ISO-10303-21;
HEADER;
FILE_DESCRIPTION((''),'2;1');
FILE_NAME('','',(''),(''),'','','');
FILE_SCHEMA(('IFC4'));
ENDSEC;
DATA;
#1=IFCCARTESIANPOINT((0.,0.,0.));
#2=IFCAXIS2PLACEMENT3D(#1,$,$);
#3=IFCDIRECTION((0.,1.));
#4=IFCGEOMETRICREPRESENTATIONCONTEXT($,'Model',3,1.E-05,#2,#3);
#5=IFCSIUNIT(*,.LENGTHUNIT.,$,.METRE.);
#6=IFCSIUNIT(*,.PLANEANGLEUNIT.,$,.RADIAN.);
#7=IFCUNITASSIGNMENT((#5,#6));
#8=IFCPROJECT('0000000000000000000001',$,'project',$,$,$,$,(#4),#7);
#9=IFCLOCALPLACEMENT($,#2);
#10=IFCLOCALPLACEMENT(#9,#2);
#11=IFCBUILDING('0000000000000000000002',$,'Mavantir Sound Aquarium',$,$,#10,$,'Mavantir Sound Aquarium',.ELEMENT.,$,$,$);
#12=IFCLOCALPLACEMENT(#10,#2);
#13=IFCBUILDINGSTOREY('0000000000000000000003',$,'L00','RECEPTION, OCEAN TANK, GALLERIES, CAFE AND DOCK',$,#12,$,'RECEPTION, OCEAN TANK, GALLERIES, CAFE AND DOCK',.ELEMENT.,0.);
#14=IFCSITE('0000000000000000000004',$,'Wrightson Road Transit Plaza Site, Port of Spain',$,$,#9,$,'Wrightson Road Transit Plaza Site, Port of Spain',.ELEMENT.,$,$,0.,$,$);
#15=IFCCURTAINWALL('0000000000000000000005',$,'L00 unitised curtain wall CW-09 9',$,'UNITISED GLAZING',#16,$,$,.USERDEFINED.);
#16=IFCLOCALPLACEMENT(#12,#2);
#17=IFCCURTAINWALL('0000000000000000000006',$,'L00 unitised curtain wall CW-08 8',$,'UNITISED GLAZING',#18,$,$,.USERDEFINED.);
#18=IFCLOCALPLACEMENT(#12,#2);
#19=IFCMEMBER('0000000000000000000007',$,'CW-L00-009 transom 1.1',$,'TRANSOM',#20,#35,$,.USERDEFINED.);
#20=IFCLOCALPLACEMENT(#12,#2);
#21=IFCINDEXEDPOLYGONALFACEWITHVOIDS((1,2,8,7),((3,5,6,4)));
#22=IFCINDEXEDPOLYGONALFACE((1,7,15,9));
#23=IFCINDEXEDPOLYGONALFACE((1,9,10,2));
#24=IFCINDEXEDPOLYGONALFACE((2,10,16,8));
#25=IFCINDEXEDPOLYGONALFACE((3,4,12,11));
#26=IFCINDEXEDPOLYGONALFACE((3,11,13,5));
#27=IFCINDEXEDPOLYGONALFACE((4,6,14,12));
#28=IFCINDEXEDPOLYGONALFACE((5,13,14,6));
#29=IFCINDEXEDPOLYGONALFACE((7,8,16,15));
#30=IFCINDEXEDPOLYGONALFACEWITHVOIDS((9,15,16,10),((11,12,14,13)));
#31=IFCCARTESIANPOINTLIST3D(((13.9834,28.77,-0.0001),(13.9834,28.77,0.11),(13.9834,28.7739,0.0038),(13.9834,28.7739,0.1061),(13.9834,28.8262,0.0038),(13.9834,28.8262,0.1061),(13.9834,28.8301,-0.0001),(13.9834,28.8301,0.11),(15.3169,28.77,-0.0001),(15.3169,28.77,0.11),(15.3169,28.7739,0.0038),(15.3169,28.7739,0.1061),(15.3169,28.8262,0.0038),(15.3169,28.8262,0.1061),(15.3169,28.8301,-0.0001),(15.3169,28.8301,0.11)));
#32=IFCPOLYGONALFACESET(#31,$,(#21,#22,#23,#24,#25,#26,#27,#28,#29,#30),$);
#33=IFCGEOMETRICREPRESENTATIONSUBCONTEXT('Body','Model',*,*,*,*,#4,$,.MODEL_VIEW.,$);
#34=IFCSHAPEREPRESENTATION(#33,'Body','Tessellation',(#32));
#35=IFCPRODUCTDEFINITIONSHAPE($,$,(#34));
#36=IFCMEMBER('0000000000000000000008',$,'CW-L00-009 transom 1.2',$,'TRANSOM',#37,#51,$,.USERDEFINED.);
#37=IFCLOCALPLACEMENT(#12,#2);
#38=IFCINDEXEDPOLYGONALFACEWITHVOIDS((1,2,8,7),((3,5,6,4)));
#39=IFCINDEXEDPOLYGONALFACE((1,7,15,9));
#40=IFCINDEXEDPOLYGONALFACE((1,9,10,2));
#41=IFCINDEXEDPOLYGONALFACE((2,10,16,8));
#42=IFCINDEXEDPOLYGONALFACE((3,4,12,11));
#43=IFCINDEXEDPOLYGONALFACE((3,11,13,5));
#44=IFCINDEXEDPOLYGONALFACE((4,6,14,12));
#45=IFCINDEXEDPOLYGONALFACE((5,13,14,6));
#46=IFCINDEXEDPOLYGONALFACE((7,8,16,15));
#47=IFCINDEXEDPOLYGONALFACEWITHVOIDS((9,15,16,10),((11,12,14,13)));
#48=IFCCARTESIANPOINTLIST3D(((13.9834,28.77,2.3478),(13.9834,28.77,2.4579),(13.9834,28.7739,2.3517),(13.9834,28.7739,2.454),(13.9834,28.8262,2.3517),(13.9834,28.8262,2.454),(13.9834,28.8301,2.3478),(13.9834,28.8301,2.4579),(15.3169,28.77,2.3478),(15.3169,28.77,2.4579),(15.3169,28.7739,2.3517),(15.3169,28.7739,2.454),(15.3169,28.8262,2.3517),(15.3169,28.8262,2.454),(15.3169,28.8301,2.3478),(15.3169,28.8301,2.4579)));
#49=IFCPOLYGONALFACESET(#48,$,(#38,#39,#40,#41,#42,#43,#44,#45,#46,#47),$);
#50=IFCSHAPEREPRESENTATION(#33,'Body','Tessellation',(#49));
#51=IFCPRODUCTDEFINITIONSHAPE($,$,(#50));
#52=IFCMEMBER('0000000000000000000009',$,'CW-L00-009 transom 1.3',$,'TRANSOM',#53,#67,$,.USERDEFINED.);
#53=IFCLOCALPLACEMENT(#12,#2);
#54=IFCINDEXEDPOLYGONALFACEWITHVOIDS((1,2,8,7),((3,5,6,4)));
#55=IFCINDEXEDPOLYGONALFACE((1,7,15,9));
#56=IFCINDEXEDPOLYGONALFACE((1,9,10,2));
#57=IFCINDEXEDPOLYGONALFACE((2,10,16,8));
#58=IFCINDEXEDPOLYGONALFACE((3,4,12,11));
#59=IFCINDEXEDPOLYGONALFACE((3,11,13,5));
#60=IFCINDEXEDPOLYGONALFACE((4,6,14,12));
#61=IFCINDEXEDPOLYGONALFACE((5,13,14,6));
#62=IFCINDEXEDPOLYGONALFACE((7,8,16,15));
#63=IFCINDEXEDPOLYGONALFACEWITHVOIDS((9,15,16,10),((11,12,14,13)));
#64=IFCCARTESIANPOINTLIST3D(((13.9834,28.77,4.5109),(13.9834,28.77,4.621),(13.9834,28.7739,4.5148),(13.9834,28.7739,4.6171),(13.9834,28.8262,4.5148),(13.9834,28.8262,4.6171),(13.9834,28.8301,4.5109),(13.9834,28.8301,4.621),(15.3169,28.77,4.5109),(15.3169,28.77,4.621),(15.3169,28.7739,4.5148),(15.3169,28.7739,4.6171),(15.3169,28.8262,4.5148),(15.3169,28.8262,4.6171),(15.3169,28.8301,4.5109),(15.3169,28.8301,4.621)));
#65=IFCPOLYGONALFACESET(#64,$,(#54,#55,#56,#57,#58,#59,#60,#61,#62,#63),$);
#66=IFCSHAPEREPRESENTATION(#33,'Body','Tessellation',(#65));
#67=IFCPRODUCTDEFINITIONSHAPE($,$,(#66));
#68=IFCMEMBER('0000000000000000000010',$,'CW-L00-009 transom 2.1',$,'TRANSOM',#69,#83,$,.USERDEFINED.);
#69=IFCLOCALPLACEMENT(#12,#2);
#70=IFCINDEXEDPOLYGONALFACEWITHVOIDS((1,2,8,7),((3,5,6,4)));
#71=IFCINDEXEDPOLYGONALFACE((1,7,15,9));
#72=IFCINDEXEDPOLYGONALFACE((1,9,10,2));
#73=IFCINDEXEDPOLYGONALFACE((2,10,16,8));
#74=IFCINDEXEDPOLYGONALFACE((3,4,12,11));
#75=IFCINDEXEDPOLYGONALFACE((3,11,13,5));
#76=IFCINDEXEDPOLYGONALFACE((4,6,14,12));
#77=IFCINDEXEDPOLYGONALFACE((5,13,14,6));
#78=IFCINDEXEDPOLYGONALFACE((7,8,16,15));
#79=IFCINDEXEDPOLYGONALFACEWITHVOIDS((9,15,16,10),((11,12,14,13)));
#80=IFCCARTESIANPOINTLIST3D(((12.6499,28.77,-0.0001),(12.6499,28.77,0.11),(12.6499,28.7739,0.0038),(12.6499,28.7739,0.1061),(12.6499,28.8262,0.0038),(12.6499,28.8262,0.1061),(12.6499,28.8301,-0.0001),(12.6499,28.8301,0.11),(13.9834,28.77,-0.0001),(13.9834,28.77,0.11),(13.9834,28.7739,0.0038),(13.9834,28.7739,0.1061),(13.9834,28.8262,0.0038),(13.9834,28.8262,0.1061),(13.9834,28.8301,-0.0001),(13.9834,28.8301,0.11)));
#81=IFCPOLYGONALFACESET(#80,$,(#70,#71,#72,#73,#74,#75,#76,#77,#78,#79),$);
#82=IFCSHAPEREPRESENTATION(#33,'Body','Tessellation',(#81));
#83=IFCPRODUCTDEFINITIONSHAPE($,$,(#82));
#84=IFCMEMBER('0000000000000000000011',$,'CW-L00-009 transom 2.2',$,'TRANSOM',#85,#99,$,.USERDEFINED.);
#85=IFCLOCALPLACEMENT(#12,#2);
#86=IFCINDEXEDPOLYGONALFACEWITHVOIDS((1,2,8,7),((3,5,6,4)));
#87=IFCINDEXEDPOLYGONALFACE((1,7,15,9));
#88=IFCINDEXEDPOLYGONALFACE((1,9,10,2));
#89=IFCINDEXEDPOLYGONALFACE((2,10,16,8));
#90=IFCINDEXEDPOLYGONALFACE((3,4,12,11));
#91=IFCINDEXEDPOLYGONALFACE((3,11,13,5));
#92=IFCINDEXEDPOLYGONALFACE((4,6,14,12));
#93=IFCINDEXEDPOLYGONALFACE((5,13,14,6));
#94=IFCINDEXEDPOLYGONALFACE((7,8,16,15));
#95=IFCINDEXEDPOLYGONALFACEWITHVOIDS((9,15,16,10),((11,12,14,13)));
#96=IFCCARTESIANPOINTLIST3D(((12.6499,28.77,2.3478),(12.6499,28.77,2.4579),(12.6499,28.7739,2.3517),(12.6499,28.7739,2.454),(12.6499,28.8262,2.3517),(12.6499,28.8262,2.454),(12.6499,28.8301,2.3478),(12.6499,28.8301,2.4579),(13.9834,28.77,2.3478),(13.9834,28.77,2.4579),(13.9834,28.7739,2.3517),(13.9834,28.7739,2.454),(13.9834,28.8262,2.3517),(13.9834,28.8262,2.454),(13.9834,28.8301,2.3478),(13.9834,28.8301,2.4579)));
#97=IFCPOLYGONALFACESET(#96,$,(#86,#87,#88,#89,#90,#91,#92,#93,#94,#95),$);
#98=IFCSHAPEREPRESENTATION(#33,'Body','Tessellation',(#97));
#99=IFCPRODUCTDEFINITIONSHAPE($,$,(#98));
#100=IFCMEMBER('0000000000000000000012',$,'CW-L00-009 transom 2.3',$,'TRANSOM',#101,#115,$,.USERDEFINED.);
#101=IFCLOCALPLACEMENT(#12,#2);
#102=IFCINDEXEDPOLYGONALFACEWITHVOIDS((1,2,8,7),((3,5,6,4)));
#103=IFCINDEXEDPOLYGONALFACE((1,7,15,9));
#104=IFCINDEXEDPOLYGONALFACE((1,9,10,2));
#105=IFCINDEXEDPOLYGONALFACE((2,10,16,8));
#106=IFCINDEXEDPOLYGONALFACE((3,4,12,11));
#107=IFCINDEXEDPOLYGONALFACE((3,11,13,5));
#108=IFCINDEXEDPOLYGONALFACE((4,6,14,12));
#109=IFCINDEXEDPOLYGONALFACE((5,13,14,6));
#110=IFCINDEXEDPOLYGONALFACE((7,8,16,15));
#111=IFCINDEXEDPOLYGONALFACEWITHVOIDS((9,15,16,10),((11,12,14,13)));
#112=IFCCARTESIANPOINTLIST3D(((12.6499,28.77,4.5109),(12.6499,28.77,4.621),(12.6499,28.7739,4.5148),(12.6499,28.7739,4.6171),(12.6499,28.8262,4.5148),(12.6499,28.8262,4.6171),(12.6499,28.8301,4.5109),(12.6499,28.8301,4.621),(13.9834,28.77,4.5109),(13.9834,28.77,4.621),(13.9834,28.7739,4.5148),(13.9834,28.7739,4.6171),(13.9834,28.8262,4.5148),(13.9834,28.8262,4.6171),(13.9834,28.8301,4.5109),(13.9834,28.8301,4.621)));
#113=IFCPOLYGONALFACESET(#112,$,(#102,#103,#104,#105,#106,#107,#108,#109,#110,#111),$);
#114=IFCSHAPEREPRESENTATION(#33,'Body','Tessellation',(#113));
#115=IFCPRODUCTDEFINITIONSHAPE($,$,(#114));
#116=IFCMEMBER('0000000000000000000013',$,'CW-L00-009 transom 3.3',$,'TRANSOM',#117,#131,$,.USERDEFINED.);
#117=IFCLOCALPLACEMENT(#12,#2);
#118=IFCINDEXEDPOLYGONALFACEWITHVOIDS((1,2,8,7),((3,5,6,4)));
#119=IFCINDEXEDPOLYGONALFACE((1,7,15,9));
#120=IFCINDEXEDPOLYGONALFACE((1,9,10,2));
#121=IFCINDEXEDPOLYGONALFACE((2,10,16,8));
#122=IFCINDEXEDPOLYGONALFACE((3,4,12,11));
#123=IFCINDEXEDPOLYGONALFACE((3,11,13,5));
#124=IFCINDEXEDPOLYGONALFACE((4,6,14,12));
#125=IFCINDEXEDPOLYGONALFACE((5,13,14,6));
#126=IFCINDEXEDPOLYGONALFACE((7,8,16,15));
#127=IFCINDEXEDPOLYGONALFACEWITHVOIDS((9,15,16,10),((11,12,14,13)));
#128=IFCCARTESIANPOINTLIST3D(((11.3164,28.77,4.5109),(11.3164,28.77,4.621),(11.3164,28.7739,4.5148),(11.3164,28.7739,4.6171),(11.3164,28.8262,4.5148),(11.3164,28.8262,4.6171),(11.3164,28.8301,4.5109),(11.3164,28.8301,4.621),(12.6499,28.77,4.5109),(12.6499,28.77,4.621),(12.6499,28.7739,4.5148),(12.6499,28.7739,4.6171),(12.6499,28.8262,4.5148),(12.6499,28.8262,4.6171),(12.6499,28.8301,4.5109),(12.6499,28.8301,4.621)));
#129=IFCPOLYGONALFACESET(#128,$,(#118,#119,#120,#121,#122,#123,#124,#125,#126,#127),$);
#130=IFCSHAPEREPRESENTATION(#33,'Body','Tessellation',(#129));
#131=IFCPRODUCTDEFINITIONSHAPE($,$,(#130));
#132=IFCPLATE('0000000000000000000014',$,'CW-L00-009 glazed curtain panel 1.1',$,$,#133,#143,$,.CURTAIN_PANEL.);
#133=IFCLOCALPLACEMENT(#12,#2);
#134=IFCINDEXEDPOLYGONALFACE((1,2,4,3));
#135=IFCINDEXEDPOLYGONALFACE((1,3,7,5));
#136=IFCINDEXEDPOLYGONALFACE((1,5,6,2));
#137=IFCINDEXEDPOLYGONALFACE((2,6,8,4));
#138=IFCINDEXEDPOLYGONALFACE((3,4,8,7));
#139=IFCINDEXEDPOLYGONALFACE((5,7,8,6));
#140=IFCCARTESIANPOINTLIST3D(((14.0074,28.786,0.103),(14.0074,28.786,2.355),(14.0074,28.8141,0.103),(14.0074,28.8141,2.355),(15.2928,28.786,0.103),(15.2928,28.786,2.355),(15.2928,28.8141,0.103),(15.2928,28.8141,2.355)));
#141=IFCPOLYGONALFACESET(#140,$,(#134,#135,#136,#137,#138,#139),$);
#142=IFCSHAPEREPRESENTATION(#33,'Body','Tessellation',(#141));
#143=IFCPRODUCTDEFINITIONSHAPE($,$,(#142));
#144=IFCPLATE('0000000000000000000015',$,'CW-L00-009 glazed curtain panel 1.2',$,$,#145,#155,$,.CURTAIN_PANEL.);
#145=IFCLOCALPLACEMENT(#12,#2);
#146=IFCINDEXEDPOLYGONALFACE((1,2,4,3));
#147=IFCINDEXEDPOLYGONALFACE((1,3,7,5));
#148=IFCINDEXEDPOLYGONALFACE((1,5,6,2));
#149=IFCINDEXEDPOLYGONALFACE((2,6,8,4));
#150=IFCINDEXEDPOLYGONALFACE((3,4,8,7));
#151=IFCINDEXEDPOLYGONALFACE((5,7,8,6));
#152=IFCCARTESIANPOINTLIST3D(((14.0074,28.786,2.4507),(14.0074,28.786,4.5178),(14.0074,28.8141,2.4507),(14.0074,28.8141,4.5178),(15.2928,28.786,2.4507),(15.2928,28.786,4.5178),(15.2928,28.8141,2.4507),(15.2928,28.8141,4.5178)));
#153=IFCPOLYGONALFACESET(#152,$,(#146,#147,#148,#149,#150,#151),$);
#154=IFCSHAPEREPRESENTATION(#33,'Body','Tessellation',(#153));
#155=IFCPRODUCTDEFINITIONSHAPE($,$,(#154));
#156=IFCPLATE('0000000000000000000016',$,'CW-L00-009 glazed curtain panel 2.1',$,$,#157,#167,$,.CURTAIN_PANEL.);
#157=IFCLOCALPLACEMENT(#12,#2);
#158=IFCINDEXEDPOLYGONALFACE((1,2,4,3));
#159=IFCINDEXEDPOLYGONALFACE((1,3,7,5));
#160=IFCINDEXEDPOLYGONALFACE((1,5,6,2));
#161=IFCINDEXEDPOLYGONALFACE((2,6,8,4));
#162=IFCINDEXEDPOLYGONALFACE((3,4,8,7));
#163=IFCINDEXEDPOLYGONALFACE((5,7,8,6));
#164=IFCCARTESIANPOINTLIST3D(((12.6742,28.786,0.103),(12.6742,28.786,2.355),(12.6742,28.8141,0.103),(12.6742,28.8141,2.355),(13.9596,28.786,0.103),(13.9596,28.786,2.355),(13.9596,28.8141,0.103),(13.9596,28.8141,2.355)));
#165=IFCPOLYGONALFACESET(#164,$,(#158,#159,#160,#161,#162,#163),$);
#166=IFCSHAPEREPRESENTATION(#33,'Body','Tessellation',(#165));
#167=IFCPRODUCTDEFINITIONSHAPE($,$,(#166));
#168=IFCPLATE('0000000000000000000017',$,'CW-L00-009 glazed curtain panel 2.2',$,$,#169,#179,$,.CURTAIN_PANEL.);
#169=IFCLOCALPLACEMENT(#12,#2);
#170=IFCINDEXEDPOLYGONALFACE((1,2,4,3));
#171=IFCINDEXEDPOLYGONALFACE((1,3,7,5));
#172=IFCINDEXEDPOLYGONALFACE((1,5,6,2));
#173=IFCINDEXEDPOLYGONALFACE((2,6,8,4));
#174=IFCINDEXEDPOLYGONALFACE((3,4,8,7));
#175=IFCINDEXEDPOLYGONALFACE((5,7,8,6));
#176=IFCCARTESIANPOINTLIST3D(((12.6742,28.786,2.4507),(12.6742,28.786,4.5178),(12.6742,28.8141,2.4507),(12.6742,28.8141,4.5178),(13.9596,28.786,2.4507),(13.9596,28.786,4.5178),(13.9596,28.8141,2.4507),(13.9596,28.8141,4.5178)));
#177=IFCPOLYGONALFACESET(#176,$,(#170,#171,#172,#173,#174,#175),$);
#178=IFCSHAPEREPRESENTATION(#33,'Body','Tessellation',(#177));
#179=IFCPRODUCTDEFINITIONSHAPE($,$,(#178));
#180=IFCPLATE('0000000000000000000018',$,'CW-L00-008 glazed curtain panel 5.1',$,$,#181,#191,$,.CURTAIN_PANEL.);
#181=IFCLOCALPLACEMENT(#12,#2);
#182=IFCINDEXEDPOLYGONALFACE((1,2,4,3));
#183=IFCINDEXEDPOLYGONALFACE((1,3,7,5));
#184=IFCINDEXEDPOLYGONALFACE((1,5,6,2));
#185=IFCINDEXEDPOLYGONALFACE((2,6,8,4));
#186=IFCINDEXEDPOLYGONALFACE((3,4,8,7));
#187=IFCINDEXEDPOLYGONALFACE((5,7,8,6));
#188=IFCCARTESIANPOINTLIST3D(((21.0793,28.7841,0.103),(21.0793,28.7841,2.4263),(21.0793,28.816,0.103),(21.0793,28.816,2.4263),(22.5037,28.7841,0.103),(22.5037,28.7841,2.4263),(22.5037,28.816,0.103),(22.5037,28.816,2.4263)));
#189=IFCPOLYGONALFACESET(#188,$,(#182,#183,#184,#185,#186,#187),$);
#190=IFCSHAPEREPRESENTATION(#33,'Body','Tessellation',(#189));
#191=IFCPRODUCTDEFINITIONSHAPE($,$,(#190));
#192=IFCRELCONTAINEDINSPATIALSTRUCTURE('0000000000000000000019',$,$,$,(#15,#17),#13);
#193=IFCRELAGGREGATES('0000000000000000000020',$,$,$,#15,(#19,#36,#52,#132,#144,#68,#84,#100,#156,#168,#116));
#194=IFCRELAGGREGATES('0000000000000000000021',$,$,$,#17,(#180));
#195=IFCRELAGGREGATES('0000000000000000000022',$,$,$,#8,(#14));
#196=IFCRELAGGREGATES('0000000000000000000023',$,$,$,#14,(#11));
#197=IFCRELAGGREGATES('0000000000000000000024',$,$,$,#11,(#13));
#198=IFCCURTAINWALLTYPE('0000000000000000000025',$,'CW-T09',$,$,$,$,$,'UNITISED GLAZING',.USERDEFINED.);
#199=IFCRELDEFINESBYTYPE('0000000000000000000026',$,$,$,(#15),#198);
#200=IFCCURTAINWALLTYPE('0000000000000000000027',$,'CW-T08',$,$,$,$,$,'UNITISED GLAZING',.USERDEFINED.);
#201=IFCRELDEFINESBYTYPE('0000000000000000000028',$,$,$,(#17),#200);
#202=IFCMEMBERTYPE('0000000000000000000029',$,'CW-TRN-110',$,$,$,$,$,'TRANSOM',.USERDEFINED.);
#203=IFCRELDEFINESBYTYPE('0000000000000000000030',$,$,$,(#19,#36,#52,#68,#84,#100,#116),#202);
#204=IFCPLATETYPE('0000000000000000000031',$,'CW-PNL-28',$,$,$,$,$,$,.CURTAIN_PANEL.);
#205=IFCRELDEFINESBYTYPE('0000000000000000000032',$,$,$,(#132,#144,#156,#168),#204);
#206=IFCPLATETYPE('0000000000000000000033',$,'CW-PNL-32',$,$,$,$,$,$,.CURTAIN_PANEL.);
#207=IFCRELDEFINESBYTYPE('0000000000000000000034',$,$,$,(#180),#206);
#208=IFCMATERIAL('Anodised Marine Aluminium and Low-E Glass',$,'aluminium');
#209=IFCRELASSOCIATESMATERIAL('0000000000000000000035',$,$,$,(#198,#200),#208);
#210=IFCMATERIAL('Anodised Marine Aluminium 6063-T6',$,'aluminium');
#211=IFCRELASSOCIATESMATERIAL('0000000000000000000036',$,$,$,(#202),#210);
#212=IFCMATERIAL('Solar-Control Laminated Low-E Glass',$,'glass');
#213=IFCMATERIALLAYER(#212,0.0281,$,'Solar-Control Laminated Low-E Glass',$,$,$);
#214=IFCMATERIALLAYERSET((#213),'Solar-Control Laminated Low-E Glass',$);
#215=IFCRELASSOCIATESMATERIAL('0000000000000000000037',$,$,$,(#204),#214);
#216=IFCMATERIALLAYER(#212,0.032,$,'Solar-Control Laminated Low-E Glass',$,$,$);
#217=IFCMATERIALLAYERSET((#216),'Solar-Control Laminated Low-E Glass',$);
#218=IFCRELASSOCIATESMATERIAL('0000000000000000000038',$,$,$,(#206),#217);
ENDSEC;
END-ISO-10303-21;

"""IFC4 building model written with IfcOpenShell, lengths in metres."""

from ifc_helpers import new_model, si_unit, direction, frame, origin, origin_2d, place, context, subcontext, project, spatial, rectangle, hollow_rectangle, extrude, material, layer, layer_set, material_profile, profile_set, type_object, element, aggregate, save


model = new_model("IFC4")

# Units and contexts
model_context = context("Model", 3, precision=1e-05, world=origin(), true_north=direction((0.0, 1.0)))
body_context = subcontext(model_context, "Body", "Model", "MODEL_VIEW")
ifc_project = project(units=[si_unit("LENGTHUNIT", "METRE"), si_unit("PLANEANGLEUNIT", "RADIAN")], contexts=[model_context])

# Site, building, storey
site_placement = place(None, origin())
site = spatial("IfcSite", under=ifc_project, at=site_placement, Name="Wrightson Road Transit Plaza Site, Port of Spain", LongName="Wrightson Road Transit Plaza Site, Port of Spain", CompositionType="ELEMENT", RefElevation=0.0)
building_placement = place(site_placement, origin())
building = spatial("IfcBuilding", under=site, at=building_placement, Name="Mavantir Sound Aquarium", LongName="Mavantir Sound Aquarium", CompositionType="ELEMENT")
storey_placement = place(building_placement, origin())
storey = spatial("IfcBuildingStorey", under=building, at=storey_placement, Name="L00", Description="RECEPTION, OCEAN TANK, GALLERIES, CAFE AND DOCK", LongName="RECEPTION, OCEAN TANK, GALLERIES, CAFE AND DOCK", CompositionType="ELEMENT", Elevation=0.0)

# Curtain walls
ifc_material_1 = material(Name="Anodised Marine Aluminium and Low-E Glass", Category="aluminium")
curtain_wall_type_1 = type_object("IfcCurtainWallType", Name="CW-T09", ElementType="UNITISED GLAZING", PredefinedType="USERDEFINED", material=ifc_material_1)
curtain_wall_1_placement = place(storey_placement, origin())
curtain_wall_1 = element("IfcCurtainWall", 1, at=curtain_wall_1_placement, inside=storey, type_object=curtain_wall_type_1, Name="L00 unitised curtain wall CW-09 9", ObjectType="UNITISED GLAZING", PredefinedType="USERDEFINED")
ifc_material_2 = material(Name="Anodised Marine Aluminium 6063-T6", Category="aluminium")
curtain_wall_type_2 = type_object("IfcCurtainWallType", Name="CW-T08", ElementType="UNITISED GLAZING", PredefinedType="USERDEFINED", material=ifc_material_1)
curtain_wall_2_placement = place(storey_placement, origin())
curtain_wall_2 = element("IfcCurtainWall", 2, at=curtain_wall_2_placement, inside=storey, type_object=curtain_wall_type_2, Name="L00 unitised curtain wall CW-08 8", ObjectType="UNITISED GLAZING", PredefinedType="USERDEFINED")
ifc_material_profile_1 = material_profile(ifc_material_2, hollow_rectangle(XDim=0.0601, YDim=0.1101, WallThickness=0.0039, at=origin_2d()), Name="ALU-TRANSOM-110X60")
ifc_profile_set_1 = profile_set([ifc_material_profile_1], Name="Anodised Marine Aluminium 6063-T6")
member_type_1 = type_object("IfcMemberType", Name="CW-TRN-110", ElementType="TRANSOM", PredefinedType="USERDEFINED", material=ifc_profile_set_1)

# Members
member_1_placement = place(storey_placement, frame((15.3169, 28.8, 0.0549), z_axis=(-1.0, 0.0, 0.0), x_axis=(0.0, -1.0, 0.0)))
member_1 = element("IfcMember", 3, at=member_1_placement, type_object=member_type_1, Name="CW-L00-009 transom 1.1", ObjectType="TRANSOM", PredefinedType="USERDEFINED", context=body_context, shape_type="SweptSolid", body=[
    extrude(hollow_rectangle(XDim=0.0601, YDim=0.1101, WallThickness=0.0039, at=origin_2d()), origin(), (0.0, 0.0, 1.0), 1.3335),
])
member_2_placement = place(storey_placement, frame((15.3169, 28.8, 2.4028), z_axis=(-1.0, 0.0, 0.0), x_axis=(0.0, -1.0, 0.0)))
member_2 = element("IfcMember", 4, at=member_2_placement, type_object=member_type_1, Name="CW-L00-009 transom 1.2", ObjectType="TRANSOM", PredefinedType="USERDEFINED", context=body_context, shape_type="SweptSolid", body=[
    extrude(hollow_rectangle(XDim=0.0601, YDim=0.1101, WallThickness=0.0039, at=origin_2d()), origin(), (0.0, 0.0, 1.0), 1.3335),
])
member_3_placement = place(storey_placement, frame((15.3169, 28.8, 4.5659), z_axis=(-1.0, 0.0, 0.0), x_axis=(0.0, -1.0, 0.0)))
member_3 = element("IfcMember", 5, at=member_3_placement, type_object=member_type_1, Name="CW-L00-009 transom 1.3", ObjectType="TRANSOM", PredefinedType="USERDEFINED", context=body_context, shape_type="SweptSolid", body=[
    extrude(hollow_rectangle(XDim=0.0601, YDim=0.1101, WallThickness=0.0039, at=origin_2d()), origin(), (0.0, 0.0, 1.0), 1.3335),
])
member_4_placement = place(storey_placement, frame((13.9834, 28.8, 0.0549), z_axis=(-1.0, 0.0, 0.0), x_axis=(0.0, -1.0, 0.0)))
member_4 = element("IfcMember", 6, at=member_4_placement, type_object=member_type_1, Name="CW-L00-009 transom 2.1", ObjectType="TRANSOM", PredefinedType="USERDEFINED", context=body_context, shape_type="SweptSolid", body=[
    extrude(hollow_rectangle(XDim=0.0601, YDim=0.1101, WallThickness=0.0039, at=origin_2d()), origin(), (0.0, 0.0, 1.0), 1.3335),
])
member_5_placement = place(storey_placement, frame((13.9834, 28.8, 2.4028), z_axis=(-1.0, 0.0, 0.0), x_axis=(0.0, -1.0, 0.0)))
member_5 = element("IfcMember", 7, at=member_5_placement, type_object=member_type_1, Name="CW-L00-009 transom 2.2", ObjectType="TRANSOM", PredefinedType="USERDEFINED", context=body_context, shape_type="SweptSolid", body=[
    extrude(hollow_rectangle(XDim=0.0601, YDim=0.1101, WallThickness=0.0039, at=origin_2d()), origin(), (0.0, 0.0, 1.0), 1.3335),
])
member_6_placement = place(storey_placement, frame((13.9834, 28.8, 4.5659), z_axis=(-1.0, 0.0, 0.0), x_axis=(0.0, -1.0, 0.0)))
member_6 = element("IfcMember", 8, at=member_6_placement, type_object=member_type_1, Name="CW-L00-009 transom 2.3", ObjectType="TRANSOM", PredefinedType="USERDEFINED", context=body_context, shape_type="SweptSolid", body=[
    extrude(hollow_rectangle(XDim=0.0601, YDim=0.1101, WallThickness=0.0039, at=origin_2d()), origin(), (0.0, 0.0, 1.0), 1.3335),
])
member_7_placement = place(storey_placement, frame((12.6499, 28.8, 4.5659), z_axis=(-1.0, 0.0, 0.0), x_axis=(0.0, -1.0, 0.0)))
member_7 = element("IfcMember", 9, at=member_7_placement, type_object=member_type_1, Name="CW-L00-009 transom 3.3", ObjectType="TRANSOM", PredefinedType="USERDEFINED", context=body_context, shape_type="SweptSolid", body=[
    extrude(hollow_rectangle(XDim=0.0601, YDim=0.1101, WallThickness=0.0039, at=origin_2d()), origin(), (0.0, 0.0, 1.0), 1.3335),
])

# Plates
ifc_material_3 = material(Name="Solar-Control Laminated Low-E Glass", Category="glass")
ifc_layer_1 = layer(ifc_material_3, 0.0281, Name="Solar-Control Laminated Low-E Glass")
ifc_layer_set_1 = layer_set([ifc_layer_1], Name="Solar-Control Laminated Low-E Glass")
plate_type_1 = type_object("IfcPlateType", Name="CW-PNL-28", PredefinedType="CURTAIN_PANEL", material=ifc_layer_set_1)
plate_1_placement = place(storey_placement, frame((14.6501, 28.8, 0.103), z_axis=(0.0, 0.0, 1.0), x_axis=(-1.0, 0.0, 0.0)))
plate_1 = element("IfcPlate", 10, at=plate_1_placement, type_object=plate_type_1, Name="CW-L00-009 glazed curtain panel 1.1", PredefinedType="CURTAIN_PANEL", context=body_context, shape_type="SweptSolid", body=[
    extrude(rectangle(XDim=1.2854, YDim=0.0281, at=origin_2d()), origin(), (0.0, 0.0, 1.0), 2.252),
])
plate_2_placement = place(storey_placement, frame((14.6501, 28.8, 2.4507), z_axis=(0.0, 0.0, 1.0), x_axis=(-1.0, 0.0, 0.0)))
plate_2 = element("IfcPlate", 11, at=plate_2_placement, type_object=plate_type_1, Name="CW-L00-009 glazed curtain panel 1.2", PredefinedType="CURTAIN_PANEL", context=body_context, shape_type="SweptSolid", body=[
    extrude(rectangle(XDim=1.2854, YDim=0.0281, at=origin_2d()), origin(), (0.0, 0.0, 1.0), 2.0671),
])
plate_3_placement = place(storey_placement, frame((13.3169, 28.8, 0.103), z_axis=(0.0, 0.0, 1.0), x_axis=(-1.0, 0.0, 0.0)))
plate_3 = element("IfcPlate", 12, at=plate_3_placement, type_object=plate_type_1, Name="CW-L00-009 glazed curtain panel 2.1", PredefinedType="CURTAIN_PANEL", context=body_context, shape_type="SweptSolid", body=[
    extrude(rectangle(XDim=1.2854, YDim=0.0281, at=origin_2d()), origin(), (0.0, 0.0, 1.0), 2.252),
])
plate_4_placement = place(storey_placement, frame((13.3169, 28.8, 2.4507), z_axis=(0.0, 0.0, 1.0), x_axis=(-1.0, 0.0, 0.0)))
plate_4 = element("IfcPlate", 13, at=plate_4_placement, type_object=plate_type_1, Name="CW-L00-009 glazed curtain panel 2.2", PredefinedType="CURTAIN_PANEL", context=body_context, shape_type="SweptSolid", body=[
    extrude(rectangle(XDim=1.2854, YDim=0.0281, at=origin_2d()), origin(), (0.0, 0.0, 1.0), 2.0671),
])
aggregate(curtain_wall_1, [member_1, member_2, member_3, plate_1, plate_2, member_4, member_5, member_6, plate_3, plate_4, member_7])
ifc_layer_2 = layer(ifc_material_3, 0.032, Name="Solar-Control Laminated Low-E Glass")
ifc_layer_set_2 = layer_set([ifc_layer_2], Name="Solar-Control Laminated Low-E Glass")
plate_type_2 = type_object("IfcPlateType", Name="CW-PNL-32", PredefinedType="CURTAIN_PANEL", material=ifc_layer_set_2)
plate_5_placement = place(storey_placement, frame((21.7915, 28.8, 0.103), z_axis=(0.0, 0.0, 1.0), x_axis=(-1.0, 0.0, 0.0)))
plate_5 = element("IfcPlate", 14, at=plate_5_placement, type_object=plate_type_2, Name="CW-L00-008 glazed curtain panel 5.1", PredefinedType="CURTAIN_PANEL", context=body_context, shape_type="SweptSolid", body=[
    extrude(rectangle(XDim=1.4243, YDim=0.032, at=origin_2d()), origin(), (0.0, 0.0, 1.0), 2.3232),
])
aggregate(curtain_wall_2, [plate_5])

save(model, "model.ifc")
